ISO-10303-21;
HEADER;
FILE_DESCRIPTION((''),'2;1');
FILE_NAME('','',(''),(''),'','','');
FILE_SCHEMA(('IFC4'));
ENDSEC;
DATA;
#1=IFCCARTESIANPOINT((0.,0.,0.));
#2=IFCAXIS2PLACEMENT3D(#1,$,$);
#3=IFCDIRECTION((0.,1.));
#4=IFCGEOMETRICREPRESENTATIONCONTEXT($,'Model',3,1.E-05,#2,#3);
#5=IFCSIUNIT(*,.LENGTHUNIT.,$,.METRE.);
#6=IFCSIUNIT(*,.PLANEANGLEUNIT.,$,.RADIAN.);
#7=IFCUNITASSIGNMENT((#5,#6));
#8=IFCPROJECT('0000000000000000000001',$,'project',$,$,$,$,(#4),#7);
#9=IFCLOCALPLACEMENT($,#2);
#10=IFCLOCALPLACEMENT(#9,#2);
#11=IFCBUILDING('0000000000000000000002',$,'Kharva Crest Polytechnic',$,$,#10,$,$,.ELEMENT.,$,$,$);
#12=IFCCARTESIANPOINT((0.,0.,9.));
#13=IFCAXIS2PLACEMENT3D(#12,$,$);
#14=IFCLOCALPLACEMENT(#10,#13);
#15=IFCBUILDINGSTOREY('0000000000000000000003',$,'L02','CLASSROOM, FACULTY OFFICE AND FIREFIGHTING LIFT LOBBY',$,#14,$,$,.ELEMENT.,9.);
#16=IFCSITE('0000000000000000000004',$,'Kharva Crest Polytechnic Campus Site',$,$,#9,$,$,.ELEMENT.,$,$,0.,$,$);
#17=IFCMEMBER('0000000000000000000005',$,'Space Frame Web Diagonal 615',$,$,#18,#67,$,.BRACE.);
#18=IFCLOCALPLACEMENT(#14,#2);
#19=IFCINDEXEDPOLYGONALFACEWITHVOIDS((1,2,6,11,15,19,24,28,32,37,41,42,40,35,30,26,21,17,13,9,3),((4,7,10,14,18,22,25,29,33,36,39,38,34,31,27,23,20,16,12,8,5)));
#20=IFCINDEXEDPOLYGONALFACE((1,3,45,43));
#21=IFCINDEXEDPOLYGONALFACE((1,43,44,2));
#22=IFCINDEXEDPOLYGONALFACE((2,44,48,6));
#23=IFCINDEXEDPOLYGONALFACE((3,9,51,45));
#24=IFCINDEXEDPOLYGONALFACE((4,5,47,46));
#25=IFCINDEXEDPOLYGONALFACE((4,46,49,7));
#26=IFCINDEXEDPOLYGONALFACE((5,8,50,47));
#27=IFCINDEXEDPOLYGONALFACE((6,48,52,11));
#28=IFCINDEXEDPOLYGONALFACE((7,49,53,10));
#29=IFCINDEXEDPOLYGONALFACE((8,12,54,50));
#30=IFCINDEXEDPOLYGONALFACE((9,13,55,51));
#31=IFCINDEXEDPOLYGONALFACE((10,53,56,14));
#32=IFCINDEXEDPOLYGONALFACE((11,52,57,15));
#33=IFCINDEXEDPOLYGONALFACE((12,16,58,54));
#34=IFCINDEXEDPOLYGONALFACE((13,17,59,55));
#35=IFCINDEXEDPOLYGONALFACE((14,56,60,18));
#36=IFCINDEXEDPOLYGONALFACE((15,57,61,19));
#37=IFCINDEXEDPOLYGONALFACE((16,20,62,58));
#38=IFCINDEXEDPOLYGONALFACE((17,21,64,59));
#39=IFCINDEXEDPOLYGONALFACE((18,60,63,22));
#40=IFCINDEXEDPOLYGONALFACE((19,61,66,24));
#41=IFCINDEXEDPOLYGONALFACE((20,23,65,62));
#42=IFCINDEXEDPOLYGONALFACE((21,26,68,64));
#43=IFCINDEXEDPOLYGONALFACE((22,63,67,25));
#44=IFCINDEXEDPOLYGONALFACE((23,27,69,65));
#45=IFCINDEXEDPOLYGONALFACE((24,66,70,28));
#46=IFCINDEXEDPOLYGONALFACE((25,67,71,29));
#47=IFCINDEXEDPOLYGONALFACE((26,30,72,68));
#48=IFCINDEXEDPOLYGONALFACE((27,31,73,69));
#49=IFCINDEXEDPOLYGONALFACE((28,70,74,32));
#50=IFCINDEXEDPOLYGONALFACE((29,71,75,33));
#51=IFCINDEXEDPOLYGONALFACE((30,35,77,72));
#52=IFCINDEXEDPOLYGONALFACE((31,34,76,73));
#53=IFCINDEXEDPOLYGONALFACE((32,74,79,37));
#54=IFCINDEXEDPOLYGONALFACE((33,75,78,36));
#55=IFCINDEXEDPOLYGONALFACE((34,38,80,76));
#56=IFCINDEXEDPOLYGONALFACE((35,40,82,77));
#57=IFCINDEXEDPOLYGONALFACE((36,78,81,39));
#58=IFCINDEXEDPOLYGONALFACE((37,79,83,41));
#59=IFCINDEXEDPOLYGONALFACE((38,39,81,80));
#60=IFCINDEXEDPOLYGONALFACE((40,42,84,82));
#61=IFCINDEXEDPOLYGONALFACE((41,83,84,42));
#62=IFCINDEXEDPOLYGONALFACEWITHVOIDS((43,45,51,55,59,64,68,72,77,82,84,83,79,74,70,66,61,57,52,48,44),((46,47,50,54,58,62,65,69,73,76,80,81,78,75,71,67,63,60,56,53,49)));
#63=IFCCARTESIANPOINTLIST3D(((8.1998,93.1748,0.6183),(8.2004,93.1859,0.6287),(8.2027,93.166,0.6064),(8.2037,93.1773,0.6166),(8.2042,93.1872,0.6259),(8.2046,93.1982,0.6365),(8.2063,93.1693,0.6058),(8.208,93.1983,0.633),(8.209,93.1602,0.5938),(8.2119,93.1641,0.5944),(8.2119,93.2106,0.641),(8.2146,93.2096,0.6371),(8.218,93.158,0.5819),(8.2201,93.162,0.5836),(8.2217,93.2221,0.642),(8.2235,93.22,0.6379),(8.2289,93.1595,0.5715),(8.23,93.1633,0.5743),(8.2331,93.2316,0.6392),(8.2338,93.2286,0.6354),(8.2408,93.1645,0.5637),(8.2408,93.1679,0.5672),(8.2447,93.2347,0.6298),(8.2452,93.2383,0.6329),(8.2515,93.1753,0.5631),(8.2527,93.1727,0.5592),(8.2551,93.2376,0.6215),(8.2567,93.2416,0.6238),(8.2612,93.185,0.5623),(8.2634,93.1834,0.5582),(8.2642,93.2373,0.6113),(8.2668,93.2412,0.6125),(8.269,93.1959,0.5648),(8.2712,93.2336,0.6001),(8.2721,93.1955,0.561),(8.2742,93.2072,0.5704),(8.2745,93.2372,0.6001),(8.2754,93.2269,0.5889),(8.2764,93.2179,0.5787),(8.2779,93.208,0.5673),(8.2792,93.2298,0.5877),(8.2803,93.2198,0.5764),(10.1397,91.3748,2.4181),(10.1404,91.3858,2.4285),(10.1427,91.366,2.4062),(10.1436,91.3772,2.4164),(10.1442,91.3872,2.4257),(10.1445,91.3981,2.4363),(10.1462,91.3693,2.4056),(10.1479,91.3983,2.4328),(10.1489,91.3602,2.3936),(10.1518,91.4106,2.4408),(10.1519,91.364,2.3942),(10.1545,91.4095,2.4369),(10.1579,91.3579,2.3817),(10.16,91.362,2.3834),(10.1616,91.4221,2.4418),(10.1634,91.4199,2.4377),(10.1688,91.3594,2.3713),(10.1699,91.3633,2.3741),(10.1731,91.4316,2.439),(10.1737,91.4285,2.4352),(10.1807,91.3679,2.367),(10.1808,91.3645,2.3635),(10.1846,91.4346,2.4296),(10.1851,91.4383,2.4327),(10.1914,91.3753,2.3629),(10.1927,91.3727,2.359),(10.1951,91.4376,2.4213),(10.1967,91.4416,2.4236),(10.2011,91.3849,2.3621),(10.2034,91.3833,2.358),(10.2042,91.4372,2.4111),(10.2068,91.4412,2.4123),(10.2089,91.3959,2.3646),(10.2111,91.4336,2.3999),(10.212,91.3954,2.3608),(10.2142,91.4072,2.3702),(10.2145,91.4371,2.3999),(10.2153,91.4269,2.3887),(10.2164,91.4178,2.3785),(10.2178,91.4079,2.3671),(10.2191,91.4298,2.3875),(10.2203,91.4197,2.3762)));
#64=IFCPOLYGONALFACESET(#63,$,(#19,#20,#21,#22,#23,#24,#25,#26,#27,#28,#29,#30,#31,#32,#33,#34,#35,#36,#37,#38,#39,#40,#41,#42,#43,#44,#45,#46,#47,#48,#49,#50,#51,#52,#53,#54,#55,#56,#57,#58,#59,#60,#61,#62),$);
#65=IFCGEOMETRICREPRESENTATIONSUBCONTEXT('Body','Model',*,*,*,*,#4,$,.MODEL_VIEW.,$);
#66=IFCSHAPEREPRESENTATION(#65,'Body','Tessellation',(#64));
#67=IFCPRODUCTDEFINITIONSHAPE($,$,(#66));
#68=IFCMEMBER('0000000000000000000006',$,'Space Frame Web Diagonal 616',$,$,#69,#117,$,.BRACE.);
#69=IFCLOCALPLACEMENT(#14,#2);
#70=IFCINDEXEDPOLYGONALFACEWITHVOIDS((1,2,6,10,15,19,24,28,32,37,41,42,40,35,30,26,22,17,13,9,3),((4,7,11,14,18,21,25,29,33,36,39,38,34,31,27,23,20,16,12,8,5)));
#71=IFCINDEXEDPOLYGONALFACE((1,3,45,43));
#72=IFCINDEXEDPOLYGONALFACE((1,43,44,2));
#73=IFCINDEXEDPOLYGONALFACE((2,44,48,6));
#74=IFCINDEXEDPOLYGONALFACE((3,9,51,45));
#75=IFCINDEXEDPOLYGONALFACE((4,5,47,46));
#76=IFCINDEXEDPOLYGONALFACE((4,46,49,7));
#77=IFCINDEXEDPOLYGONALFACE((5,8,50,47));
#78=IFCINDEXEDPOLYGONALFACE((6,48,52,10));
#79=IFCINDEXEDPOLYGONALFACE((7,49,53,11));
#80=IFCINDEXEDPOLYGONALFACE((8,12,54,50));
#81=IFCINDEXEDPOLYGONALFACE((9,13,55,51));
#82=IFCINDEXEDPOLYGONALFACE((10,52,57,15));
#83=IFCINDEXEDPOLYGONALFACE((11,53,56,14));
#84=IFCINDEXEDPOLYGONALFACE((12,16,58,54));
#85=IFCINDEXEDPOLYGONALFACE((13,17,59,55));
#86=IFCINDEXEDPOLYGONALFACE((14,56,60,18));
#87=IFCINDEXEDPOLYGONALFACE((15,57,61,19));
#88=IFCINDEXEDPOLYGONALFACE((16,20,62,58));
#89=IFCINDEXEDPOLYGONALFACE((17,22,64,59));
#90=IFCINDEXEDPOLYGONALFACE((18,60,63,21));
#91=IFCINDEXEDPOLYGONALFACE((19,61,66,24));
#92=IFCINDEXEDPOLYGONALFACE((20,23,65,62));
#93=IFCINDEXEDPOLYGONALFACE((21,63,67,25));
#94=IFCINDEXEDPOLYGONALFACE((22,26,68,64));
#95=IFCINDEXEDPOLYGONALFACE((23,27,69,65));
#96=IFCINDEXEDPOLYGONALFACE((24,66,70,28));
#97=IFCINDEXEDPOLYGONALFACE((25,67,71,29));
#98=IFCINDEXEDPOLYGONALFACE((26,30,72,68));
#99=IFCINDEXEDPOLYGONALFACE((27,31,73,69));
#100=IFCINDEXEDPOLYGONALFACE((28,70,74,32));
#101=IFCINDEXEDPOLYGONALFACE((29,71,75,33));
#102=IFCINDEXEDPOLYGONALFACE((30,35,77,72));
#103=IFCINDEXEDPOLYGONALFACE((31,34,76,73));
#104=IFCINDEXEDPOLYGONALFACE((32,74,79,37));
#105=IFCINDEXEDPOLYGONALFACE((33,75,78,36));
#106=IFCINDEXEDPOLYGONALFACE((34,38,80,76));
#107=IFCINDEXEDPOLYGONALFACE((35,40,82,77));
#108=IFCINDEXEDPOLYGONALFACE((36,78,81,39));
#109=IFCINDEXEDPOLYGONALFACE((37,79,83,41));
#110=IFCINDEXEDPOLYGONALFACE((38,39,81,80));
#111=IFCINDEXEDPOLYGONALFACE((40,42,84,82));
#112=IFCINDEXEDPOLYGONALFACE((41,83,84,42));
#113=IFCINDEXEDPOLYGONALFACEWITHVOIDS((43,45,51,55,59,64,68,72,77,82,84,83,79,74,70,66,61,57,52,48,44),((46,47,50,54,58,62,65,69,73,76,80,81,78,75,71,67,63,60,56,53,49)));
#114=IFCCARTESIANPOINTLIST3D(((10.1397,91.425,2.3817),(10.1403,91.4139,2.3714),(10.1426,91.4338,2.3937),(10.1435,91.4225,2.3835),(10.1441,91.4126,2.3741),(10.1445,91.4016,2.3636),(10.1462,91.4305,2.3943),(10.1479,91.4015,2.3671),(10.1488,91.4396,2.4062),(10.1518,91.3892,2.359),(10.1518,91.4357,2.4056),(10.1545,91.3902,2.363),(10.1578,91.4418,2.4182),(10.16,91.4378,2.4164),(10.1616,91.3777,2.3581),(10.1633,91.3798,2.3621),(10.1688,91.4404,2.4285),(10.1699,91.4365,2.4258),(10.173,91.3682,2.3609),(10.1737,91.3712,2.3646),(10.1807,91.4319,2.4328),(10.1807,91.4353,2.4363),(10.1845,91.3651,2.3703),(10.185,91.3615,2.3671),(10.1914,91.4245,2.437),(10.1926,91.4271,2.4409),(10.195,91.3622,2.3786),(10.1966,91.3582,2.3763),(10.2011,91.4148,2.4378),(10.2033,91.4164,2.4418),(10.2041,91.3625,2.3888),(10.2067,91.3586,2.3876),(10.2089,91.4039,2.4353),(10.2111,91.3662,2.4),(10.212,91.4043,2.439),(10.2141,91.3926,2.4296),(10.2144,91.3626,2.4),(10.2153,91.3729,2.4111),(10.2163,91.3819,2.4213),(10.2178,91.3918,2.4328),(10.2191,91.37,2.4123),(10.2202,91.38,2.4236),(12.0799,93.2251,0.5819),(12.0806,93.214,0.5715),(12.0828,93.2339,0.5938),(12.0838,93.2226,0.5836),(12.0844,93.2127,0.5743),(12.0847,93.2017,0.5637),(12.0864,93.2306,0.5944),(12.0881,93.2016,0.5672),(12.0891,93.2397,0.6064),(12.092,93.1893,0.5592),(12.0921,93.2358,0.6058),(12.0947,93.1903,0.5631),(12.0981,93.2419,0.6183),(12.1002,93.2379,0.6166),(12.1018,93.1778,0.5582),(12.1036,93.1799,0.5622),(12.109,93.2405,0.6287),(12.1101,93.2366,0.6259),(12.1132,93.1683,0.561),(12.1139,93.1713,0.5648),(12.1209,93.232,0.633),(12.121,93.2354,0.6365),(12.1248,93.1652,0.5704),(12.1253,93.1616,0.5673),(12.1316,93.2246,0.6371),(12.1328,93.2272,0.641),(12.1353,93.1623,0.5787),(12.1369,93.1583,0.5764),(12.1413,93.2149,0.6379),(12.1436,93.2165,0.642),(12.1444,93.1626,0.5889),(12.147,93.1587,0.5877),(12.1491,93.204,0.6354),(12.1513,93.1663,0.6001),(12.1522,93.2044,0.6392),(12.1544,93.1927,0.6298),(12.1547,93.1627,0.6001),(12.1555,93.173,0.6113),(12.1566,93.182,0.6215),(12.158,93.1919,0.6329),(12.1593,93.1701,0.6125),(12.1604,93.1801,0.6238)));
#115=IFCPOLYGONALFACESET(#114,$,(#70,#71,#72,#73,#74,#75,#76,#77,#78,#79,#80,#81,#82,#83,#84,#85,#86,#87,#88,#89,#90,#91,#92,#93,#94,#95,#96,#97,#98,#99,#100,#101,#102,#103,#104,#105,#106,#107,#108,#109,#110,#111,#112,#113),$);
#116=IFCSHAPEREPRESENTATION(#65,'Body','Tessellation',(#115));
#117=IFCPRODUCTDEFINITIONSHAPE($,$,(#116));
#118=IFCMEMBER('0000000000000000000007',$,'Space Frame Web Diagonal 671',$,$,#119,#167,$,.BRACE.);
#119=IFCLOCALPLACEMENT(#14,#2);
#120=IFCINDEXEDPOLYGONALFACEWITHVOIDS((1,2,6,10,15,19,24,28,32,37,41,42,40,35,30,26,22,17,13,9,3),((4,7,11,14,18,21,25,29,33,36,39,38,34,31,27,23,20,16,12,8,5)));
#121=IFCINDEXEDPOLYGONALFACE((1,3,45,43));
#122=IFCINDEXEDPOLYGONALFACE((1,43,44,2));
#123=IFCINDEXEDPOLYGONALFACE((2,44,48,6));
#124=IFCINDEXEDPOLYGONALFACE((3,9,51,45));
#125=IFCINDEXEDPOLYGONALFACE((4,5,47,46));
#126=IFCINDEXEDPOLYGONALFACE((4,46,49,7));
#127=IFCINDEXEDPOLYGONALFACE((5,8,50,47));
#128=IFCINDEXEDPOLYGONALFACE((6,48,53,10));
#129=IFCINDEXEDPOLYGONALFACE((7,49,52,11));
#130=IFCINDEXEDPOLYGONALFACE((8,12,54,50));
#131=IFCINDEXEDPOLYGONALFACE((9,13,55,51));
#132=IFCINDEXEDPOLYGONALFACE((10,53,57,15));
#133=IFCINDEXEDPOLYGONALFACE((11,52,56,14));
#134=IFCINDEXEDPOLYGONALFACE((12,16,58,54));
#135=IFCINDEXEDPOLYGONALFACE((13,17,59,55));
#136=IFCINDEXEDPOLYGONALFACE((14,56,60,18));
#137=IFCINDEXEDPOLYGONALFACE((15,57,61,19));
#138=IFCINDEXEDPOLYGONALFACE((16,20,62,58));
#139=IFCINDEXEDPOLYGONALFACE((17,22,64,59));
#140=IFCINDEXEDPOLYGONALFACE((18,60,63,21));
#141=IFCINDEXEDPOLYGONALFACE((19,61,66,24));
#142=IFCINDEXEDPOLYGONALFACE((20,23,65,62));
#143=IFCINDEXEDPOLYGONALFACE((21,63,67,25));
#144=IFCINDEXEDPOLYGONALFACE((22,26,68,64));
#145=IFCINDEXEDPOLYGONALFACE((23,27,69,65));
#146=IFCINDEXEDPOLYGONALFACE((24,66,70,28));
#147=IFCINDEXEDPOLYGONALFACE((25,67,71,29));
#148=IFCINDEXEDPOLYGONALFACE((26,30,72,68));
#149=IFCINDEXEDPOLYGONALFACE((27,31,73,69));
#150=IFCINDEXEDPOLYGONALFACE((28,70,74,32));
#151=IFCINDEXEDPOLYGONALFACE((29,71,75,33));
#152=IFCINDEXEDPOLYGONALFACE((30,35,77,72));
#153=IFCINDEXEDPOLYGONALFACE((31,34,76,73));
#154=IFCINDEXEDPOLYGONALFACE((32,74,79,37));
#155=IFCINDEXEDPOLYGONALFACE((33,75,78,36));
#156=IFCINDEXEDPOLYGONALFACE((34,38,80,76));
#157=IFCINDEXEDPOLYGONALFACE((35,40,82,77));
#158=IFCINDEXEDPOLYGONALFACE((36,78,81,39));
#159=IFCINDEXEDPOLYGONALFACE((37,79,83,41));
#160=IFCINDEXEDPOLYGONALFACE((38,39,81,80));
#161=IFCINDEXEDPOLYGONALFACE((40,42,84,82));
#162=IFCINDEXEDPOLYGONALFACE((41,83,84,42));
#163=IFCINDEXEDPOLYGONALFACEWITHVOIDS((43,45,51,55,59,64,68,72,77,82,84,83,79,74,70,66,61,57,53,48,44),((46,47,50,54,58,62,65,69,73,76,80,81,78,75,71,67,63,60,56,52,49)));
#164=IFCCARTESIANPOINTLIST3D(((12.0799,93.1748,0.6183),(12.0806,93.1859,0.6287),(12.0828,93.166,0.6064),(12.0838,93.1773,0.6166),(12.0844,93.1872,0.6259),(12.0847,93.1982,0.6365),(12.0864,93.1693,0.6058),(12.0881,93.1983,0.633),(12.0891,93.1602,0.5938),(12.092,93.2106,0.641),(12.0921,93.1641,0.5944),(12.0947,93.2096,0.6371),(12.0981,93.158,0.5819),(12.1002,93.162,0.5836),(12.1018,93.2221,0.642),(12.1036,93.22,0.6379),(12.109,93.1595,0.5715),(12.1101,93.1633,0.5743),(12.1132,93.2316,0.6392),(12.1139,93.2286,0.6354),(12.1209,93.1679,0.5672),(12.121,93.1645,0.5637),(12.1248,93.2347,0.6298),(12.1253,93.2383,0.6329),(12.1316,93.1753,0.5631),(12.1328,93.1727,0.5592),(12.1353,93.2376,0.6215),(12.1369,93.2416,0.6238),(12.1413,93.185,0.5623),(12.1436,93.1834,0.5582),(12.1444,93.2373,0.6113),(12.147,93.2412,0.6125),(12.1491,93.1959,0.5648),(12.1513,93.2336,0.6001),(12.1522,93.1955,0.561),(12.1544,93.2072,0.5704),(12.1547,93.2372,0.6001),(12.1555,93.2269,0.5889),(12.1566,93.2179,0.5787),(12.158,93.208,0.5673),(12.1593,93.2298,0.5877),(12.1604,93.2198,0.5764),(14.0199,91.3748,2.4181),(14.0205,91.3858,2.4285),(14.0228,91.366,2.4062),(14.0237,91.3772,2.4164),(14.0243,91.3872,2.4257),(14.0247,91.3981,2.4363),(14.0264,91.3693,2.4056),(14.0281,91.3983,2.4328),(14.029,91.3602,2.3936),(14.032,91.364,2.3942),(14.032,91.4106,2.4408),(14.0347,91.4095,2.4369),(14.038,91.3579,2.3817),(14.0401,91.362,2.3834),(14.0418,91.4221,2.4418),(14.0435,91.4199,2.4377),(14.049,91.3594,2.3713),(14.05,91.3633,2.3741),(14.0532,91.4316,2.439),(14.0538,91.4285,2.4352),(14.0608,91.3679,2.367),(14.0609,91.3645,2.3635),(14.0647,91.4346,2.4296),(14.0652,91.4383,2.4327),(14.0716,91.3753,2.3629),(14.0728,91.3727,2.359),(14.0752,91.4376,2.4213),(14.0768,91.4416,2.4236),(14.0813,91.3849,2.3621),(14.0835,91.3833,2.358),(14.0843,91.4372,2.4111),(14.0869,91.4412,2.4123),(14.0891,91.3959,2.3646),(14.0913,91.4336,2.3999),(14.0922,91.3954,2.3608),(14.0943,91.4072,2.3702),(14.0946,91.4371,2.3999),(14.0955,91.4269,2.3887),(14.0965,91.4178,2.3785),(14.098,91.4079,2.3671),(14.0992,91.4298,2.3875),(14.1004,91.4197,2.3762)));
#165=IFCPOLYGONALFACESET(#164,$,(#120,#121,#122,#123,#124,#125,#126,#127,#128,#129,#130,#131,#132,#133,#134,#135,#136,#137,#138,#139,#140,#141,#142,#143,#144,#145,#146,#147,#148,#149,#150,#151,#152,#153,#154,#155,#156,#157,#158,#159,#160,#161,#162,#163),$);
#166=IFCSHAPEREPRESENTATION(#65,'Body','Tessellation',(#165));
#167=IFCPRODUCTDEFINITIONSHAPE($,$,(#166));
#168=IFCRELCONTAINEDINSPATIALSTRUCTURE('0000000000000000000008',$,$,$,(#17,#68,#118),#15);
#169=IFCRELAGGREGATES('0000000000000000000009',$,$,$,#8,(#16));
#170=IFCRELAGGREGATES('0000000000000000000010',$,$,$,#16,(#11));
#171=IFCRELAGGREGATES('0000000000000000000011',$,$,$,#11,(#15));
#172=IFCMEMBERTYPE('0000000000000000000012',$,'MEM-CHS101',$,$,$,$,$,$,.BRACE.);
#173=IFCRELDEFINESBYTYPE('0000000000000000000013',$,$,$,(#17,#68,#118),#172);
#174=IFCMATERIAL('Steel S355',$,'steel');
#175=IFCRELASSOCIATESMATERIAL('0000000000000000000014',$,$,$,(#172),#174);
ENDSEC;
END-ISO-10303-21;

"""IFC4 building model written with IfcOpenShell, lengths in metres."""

from ifc_helpers import new_model, si_unit, direction, frame, origin, origin_2d, place, context, subcontext, project, spatial, hollow_circle, extrude, material, material_profile, profile_set, type_object, element, save


model = new_model("IFC4")

# Units and contexts
model_context = context("Model", 3, precision=1e-05, world=origin(), true_north=direction((0.0, 1.0)))
body_context = subcontext(model_context, "Body", "Model", "MODEL_VIEW")
ifc_project = project(units=[si_unit("LENGTHUNIT", "METRE"), si_unit("PLANEANGLEUNIT", "RADIAN")], contexts=[model_context])

# Site, building, storey
site_placement = place(None, origin())
site = spatial("IfcSite", under=ifc_project, at=site_placement, Name="Kharva Crest Polytechnic Campus Site", CompositionType="ELEMENT", RefElevation=0.0)
building_placement = place(site_placement, origin())
building = spatial("IfcBuilding", under=site, at=building_placement, Name="Kharva Crest Polytechnic", CompositionType="ELEMENT")
storey_placement = place(building_placement, frame((0.0, 0.0, 9.0)))
storey = spatial("IfcBuildingStorey", under=building, at=storey_placement, Name="L02", Description="CLASSROOM, FACULTY OFFICE AND FIREFIGHTING LIFT LOBBY", CompositionType="ELEMENT", Elevation=9.0)

# Members
ifc_material = material(Name="Steel S355", Category="steel")
ifc_material_profile_1 = material_profile(ifc_material, hollow_circle(Radius=0.0508, WallThickness=0.0049, at=origin_2d()), Name="CHS 101.6X5.0")
ifc_profile_set_1 = profile_set([ifc_material_profile_1], Name="Steel S355")
member_type_1 = type_object("IfcMemberType", Name="MEM-CHS101", PredefinedType="BRACE", material=ifc_profile_set_1)
member_1_placement = place(storey_placement, frame((8.24, 93.2, 0.6001), z_axis=(0.606147, -0.562437, 0.562361), x_axis=(0.680182, 0.733043, 0.0)))
element("IfcMember", 1, at=member_1_placement, inside=storey, type_object=member_type_1, Name="Space Frame Web Diagonal 615", PredefinedType="BRACE", context=body_context, shape_type="SweptSolid", body=[
    extrude(hollow_circle(Radius=0.0508, WallThickness=0.0049, at=origin_2d()), origin(), (0.0, 0.0, 1.0), 3.2004),
])
member_2_placement = place(storey_placement, frame((12.1201, 93.2, 0.6001), z_axis=(-0.606196, -0.562411, 0.562335), x_axis=(0.680136, -0.733086, 0.0)))
element("IfcMember", 2, at=member_2_placement, inside=storey, type_object=member_type_1, Name="Space Frame Web Diagonal 616", PredefinedType="BRACE", context=body_context, shape_type="SweptSolid", body=[
    extrude(hollow_circle(Radius=0.0508, WallThickness=0.0049, at=origin_2d()), origin(), (0.0, 0.0, 1.0), 3.2007),
])
for number, where, z_axis, x_axis, name in (
    (3, (12.1201, 93.2, 0.6001), (0.606147, -0.562437, 0.562361), (0.680182, 0.733043, 0.0), "Space Frame Web Diagonal 671"),
):
    element("IfcMember", number, at=place(storey_placement, frame(where, z_axis=z_axis, x_axis=x_axis)), inside=storey, type_object=member_type_1, Name=name, PredefinedType="BRACE", context=body_context, shape_type="SweptSolid", body=[
        extrude(hollow_circle(Radius=0.0508, WallThickness=0.0049, at=origin_2d()), origin(), (0.0, 0.0, 1.0), 3.2004),
    ])

save(model, "model.ifc")
